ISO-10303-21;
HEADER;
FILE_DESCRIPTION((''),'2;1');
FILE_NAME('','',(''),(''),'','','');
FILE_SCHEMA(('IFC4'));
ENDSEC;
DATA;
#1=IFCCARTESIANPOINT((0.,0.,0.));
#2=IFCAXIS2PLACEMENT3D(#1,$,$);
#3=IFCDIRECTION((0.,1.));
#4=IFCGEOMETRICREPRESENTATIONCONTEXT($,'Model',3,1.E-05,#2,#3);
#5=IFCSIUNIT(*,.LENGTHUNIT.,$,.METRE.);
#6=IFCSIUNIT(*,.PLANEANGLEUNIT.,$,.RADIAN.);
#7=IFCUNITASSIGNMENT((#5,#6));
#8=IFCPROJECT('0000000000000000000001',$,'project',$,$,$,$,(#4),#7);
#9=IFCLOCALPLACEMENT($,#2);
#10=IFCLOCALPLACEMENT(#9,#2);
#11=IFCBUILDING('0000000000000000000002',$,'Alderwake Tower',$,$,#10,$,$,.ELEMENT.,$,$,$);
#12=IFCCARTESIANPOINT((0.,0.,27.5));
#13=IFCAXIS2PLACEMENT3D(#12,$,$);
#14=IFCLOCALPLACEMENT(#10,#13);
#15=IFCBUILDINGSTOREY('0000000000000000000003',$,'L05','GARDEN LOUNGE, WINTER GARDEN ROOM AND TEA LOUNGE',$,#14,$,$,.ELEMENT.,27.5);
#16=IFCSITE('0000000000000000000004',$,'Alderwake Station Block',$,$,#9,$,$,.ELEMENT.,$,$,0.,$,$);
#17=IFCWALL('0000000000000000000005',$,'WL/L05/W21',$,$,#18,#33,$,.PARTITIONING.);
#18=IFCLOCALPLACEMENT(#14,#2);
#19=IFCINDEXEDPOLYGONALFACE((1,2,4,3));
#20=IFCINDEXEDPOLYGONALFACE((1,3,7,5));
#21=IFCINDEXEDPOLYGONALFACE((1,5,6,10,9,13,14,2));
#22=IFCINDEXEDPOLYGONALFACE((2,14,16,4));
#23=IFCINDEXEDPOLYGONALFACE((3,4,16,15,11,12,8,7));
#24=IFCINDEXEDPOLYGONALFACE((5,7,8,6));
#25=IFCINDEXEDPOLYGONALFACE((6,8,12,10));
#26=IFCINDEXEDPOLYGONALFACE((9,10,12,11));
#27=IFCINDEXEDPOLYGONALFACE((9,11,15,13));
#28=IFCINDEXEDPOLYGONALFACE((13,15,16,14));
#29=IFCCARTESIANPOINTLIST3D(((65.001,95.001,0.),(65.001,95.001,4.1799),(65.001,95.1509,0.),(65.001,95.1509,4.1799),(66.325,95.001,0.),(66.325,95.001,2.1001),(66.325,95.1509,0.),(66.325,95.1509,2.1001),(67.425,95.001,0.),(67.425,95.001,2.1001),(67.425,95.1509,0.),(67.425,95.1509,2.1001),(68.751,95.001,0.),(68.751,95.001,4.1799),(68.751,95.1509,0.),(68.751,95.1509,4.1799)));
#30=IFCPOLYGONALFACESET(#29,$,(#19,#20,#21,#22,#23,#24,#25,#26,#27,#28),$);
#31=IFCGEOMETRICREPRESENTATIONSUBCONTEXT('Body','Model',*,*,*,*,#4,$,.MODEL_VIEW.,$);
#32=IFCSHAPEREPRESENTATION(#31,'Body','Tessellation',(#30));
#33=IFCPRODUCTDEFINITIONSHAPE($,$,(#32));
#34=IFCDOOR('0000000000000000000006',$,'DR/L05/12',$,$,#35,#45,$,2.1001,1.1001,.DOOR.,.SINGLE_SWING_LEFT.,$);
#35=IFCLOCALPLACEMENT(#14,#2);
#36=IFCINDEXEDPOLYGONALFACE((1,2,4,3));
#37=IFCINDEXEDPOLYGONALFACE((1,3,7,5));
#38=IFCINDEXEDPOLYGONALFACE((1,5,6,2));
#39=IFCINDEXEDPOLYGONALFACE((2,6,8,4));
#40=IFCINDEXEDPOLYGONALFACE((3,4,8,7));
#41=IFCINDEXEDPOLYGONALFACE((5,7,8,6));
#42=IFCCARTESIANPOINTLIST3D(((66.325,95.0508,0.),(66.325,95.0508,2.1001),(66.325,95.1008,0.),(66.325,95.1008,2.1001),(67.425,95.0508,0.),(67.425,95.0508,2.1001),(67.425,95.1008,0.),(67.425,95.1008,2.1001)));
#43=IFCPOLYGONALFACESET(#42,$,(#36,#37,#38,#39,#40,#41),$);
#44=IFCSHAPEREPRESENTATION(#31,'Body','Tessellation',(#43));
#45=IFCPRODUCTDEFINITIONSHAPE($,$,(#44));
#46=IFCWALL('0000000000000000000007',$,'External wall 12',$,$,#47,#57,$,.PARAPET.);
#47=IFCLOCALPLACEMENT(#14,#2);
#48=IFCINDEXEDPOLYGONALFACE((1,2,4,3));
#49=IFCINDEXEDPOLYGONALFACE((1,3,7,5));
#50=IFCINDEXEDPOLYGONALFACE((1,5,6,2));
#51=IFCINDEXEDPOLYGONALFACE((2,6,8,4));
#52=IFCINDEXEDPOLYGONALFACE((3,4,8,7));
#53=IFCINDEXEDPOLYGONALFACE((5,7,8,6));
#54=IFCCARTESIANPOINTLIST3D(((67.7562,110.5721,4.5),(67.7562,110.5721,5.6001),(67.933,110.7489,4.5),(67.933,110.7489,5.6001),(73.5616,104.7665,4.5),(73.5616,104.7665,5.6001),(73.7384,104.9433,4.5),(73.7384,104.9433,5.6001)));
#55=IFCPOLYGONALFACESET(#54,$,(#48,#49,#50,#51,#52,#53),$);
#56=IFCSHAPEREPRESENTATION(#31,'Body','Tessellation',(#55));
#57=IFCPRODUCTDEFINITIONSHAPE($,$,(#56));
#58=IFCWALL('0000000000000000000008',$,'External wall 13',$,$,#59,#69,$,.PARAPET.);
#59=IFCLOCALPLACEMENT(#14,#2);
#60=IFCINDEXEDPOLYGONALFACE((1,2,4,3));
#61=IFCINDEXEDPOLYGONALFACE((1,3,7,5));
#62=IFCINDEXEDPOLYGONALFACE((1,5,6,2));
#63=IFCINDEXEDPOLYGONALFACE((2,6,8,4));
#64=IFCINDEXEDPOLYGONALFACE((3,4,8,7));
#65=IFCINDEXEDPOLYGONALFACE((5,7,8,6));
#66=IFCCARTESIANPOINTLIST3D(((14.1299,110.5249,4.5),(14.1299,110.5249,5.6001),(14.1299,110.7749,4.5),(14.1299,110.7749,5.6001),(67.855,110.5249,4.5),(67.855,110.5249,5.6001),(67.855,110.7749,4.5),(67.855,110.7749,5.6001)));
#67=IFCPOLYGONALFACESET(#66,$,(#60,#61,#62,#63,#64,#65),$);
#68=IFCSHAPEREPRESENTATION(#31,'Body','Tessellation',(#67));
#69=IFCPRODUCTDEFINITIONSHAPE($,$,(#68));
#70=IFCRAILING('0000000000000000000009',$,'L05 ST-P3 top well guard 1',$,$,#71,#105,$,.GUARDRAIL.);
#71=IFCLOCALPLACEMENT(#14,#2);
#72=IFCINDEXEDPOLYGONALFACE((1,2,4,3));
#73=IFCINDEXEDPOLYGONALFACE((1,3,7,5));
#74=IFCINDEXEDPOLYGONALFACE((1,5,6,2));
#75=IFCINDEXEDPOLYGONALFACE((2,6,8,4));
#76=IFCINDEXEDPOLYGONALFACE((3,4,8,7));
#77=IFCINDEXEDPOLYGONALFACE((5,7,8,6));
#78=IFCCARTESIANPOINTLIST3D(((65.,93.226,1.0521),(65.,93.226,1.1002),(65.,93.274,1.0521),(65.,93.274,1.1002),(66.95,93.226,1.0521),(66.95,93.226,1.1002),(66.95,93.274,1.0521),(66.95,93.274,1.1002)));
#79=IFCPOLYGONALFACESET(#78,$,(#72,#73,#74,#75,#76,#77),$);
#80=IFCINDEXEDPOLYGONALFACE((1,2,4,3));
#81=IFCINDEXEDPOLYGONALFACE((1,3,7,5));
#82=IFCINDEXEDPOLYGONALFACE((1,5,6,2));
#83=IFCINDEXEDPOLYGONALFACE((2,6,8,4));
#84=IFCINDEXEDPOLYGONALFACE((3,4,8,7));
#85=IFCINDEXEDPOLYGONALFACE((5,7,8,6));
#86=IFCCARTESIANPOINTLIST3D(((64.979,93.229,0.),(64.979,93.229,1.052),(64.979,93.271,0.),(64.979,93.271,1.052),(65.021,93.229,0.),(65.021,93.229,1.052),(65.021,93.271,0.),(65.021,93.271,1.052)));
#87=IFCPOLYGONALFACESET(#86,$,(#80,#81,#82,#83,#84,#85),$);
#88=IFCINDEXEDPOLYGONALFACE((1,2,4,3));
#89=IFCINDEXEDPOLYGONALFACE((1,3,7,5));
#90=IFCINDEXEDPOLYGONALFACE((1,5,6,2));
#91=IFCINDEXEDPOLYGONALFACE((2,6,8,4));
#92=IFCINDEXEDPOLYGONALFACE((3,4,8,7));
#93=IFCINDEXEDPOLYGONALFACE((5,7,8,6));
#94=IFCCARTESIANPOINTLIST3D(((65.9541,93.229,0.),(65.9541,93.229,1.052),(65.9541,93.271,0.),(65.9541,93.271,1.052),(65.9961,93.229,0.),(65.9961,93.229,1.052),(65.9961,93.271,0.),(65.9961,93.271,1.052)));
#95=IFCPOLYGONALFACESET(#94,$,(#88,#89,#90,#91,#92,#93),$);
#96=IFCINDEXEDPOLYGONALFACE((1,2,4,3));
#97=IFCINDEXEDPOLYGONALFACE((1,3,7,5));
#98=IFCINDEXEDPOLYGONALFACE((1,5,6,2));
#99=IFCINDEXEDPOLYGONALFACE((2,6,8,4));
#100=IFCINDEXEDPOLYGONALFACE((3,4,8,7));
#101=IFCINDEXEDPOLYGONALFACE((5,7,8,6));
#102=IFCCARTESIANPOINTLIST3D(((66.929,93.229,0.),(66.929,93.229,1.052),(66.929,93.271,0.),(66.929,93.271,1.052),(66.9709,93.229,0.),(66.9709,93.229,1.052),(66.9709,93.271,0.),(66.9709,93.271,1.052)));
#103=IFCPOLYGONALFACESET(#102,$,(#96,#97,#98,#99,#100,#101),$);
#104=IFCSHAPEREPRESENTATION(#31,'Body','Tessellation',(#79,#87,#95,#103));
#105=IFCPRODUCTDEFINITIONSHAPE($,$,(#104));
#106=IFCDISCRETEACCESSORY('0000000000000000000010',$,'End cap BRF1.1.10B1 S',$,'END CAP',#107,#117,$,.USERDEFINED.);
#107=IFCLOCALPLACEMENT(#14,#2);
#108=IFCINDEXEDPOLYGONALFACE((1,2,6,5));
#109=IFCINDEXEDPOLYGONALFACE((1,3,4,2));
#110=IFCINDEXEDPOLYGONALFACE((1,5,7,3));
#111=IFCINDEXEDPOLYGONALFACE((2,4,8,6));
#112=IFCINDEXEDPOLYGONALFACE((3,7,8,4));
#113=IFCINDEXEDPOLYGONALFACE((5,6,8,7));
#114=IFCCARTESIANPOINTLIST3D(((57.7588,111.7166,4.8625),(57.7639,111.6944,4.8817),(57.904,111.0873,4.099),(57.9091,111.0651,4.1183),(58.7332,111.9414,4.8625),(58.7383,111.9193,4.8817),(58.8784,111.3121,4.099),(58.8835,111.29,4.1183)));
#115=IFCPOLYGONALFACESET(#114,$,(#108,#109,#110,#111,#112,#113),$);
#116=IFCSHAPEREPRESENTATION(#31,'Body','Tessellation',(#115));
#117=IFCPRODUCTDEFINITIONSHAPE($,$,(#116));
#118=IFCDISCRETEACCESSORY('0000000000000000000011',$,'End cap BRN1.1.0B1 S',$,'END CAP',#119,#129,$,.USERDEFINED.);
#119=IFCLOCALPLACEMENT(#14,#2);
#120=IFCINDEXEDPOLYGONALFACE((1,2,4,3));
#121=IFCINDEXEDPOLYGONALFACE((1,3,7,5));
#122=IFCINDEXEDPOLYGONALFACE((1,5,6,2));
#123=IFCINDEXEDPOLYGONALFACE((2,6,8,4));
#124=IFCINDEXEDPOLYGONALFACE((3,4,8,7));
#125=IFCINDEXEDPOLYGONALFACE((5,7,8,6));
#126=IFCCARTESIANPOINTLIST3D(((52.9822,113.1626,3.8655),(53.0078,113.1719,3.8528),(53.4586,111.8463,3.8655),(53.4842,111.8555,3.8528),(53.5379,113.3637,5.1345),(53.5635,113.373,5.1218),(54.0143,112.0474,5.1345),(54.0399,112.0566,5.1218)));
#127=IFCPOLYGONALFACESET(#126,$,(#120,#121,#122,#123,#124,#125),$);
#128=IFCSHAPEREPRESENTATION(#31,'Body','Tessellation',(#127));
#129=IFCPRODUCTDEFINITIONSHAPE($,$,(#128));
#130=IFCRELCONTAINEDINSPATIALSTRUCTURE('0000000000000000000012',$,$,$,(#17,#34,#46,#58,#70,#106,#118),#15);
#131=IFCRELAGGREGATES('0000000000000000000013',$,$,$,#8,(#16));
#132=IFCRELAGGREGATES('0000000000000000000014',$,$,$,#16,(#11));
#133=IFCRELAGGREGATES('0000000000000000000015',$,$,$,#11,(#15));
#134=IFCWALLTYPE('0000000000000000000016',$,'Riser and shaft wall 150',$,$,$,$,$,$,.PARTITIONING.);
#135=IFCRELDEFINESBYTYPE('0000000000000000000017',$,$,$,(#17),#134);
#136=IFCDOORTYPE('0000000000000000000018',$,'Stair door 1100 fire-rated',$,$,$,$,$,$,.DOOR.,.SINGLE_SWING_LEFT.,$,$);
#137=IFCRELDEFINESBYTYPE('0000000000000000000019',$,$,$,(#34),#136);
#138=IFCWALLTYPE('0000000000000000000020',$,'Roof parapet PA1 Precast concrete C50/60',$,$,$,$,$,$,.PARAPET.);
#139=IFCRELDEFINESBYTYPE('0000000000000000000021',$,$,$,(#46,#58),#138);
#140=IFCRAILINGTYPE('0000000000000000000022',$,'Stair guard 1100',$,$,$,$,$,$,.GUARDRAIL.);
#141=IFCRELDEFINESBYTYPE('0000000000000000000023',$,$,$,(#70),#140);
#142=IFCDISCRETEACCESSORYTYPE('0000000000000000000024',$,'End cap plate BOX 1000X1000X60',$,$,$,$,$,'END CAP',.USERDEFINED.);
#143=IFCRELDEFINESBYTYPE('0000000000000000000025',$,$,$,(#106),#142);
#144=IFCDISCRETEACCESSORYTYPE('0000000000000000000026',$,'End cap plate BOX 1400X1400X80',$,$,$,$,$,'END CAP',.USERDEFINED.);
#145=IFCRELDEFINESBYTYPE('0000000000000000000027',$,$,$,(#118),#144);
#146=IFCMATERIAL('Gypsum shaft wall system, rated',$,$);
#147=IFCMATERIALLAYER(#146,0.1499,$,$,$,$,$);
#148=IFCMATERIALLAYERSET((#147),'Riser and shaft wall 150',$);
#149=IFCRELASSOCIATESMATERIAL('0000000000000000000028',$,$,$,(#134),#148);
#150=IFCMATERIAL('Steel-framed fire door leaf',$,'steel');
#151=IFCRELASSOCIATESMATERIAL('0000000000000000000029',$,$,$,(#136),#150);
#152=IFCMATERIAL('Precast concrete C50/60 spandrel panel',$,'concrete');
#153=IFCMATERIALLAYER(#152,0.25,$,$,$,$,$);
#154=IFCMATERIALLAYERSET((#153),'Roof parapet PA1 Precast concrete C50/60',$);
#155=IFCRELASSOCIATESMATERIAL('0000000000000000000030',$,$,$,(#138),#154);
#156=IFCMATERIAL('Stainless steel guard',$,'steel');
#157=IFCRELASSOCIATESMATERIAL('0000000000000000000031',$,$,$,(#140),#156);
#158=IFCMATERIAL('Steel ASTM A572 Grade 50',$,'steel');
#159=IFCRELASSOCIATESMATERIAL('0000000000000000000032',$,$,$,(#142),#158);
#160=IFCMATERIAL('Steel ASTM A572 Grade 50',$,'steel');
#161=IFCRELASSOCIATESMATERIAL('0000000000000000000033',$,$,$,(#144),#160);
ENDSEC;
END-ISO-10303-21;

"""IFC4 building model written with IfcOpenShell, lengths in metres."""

from ifc_helpers import new_model, si_unit, direction, frame, frame_2d, origin, origin_with_axes, origin_2d, place, context, subcontext, project, spatial, rectangle, extrude, material, layer, layer_set, material_profile, profile_set, type_object, element, fill, save


model = new_model("IFC4")

# Units and contexts
model_context = context("Model", 3, precision=1e-05, world=origin(), true_north=direction((0.0, 1.0)))
body_context = subcontext(model_context, "Body", "Model", "MODEL_VIEW")
ifc_project = project(units=[si_unit("LENGTHUNIT", "METRE"), si_unit("PLANEANGLEUNIT", "RADIAN")], contexts=[model_context])

# Site, building, storey
site_placement = place(None, origin())
site = spatial("IfcSite", under=ifc_project, at=site_placement, Name="Alderwake Station Block", CompositionType="ELEMENT", RefElevation=0.0)
building_placement = place(site_placement, origin())
building = spatial("IfcBuilding", under=site, at=building_placement, Name="Alderwake Tower", CompositionType="ELEMENT")
storey_placement = place(building_placement, frame((0.0, 0.0, 27.5)))
storey = spatial("IfcBuildingStorey", under=building, at=storey_placement, Name="L05", Description="GARDEN LOUNGE, WINTER GARDEN ROOM AND TEA LOUNGE", CompositionType="ELEMENT", Elevation=27.5)

# Wall, opening, door
ifc_material_1 = material(Name="Gypsum shaft wall system, rated")
ifc_layer_1 = layer(ifc_material_1, 0.1499)
ifc_layer_set_1 = layer_set([ifc_layer_1], Name="Riser and shaft wall 150")
wall_type_1 = type_object("IfcWallType", Name="Riser and shaft wall 150", PredefinedType="PARTITIONING", material=ifc_layer_set_1)
wall_1_placement = place(storey_placement, frame((65.001, 95.0759, 0.0), z_axis=(0.0, 0.0, 1.0), x_axis=(1.0, 0.0, 0.0)))
wall_1 = element("IfcWall", 1, at=wall_1_placement, inside=storey, type_object=wall_type_1, Name="WL/L05/W21", PredefinedType="PARTITIONING", context=body_context, shape_type="SweptSolid", body=[
    extrude(rectangle(XDim=3.75, YDim=0.1499, at=frame_2d((1.875, 0.0))), origin(), (0.0, 0.0, 1.0), 4.1799),
])
opening_1_placement = place(wall_1_placement, frame((1.324, 0.0, 0.0)))
opening_1 = element("IfcOpeningElement", 2, at=opening_1_placement, cuts=wall_1, PredefinedType="OPENING", context=body_context, shape_type="SweptSolid", body=[
    extrude(rectangle(XDim=1.1001, YDim=2.1001, at=frame_2d((0.55, 1.05))), frame((0.0, 0.085, 0.0), z_axis=(0.0, -1.0, 0.0), x_axis=(1.0, 0.0, 0.0)), (0.0, 0.0, 1.0), 0.1699),
])
ifc_material_2 = material(Name="Steel-framed fire door leaf", Category="steel")
door_type = type_object("IfcDoorType", Name="Stair door 1100 fire-rated", OperationType="SINGLE_SWING_LEFT", PredefinedType="DOOR", material=ifc_material_2)
door_placement = place(opening_1_placement, origin())
door = element("IfcDoor", 3, at=door_placement, inside=storey, type_object=door_type, Name="DR/L05/12", OperationType="SINGLE_SWING_LEFT", OverallHeight=2.1001, OverallWidth=1.1001, PredefinedType="DOOR", context=body_context, shape_type="SweptSolid", body=[
    extrude(rectangle(XDim=1.1001, YDim=2.1001, at=frame_2d((0.55, 1.05))), frame((0.0, 0.0249, 0.0), z_axis=(0.0, -1.0, 0.0), x_axis=(1.0, 0.0, 0.0)), (0.0, 0.0, 1.0), 0.05),
])
fill(opening_1, door)

# Walls
ifc_material_3 = material(Name="Precast concrete C50/60 spandrel panel", Category="concrete")
ifc_layer_2 = layer(ifc_material_3, 0.25)
ifc_layer_set_2 = layer_set([ifc_layer_2], Name="Roof parapet PA1 Precast concrete C50/60")
wall_type_2 = type_object("IfcWallType", Name="Roof parapet PA1 Precast concrete C50/60", PredefinedType="PARAPET", material=ifc_layer_set_2)
wall_2_placement = place(storey_placement, frame((73.6499, 104.855, 4.5), z_axis=(0.0, 0.0, 1.0), x_axis=(-0.707092, 0.707122, 0.0)))
element("IfcWall", 4, at=wall_2_placement, inside=storey, type_object=wall_type_2, Name="External wall 12", PredefinedType="PARAPET", context=body_context, shape_type="SweptSolid", body=[
    extrude(rectangle(XDim=8.2102, YDim=0.25, at=frame_2d((4.105, 0.0))), origin(), (0.0, 0.0, 1.0), 1.1001),
])
wall_3_placement = place(storey_placement, frame((67.855, 110.6499, 4.5), z_axis=(0.0, 0.0, 1.0), x_axis=(-1.0, 0.0, 0.0)))
element("IfcWall", 5, at=wall_3_placement, inside=storey, type_object=wall_type_2, Name="External wall 13", PredefinedType="PARAPET", context=body_context, shape_type="SweptSolid", body=[
    extrude(rectangle(XDim=53.7251, YDim=0.25, at=frame_2d((26.8625, 0.0))), origin(), (0.0, 0.0, 1.0), 1.1001),
])

# Railing
ifc_material_4 = material(Name="Stainless steel guard", Category="steel")
railing_type = type_object("IfcRailingType", Name="Stair guard 1100", PredefinedType="GUARDRAIL", material=ifc_material_4)
railing_placement = place(storey_placement, frame((65.0, 93.25, 0.0)))
element("IfcRailing", 6, at=railing_placement, inside=storey, type_object=railing_type, Name="L05 ST-P3 top well guard 1", PredefinedType="GUARDRAIL", context=body_context, shape_type="SweptSolid", body=[
    extrude(rectangle(XDim=0.0481, YDim=0.0481, at=origin_2d()), frame((0.0, 0.0, 1.0762), z_axis=(1.0, 0.0, 0.0), x_axis=(0.0, 1.0, 0.0)), (0.0, 0.0, 1.0), 1.95),
    extrude(rectangle(XDim=0.042, YDim=0.042, at=origin_2d()), origin_with_axes(), (0.0, 0.0, 1.0), 1.052),
    extrude(rectangle(XDim=0.042, YDim=0.042, at=origin_2d()), frame((0.9751, 0.0, 0.0), z_axis=(0.0, 0.0, 1.0), x_axis=(1.0, 0.0, 0.0)), (0.0, 0.0, 1.0), 1.052),
    extrude(rectangle(XDim=0.042, YDim=0.042, at=origin_2d()), frame((1.95, 0.0, 0.0), z_axis=(0.0, 0.0, 1.0), x_axis=(1.0, 0.0, 0.0)), (0.0, 0.0, 1.0), 1.052),
])

# Discrete accessories
ifc_material_5 = material(Name="Steel ASTM A572 Grade 50", Category="steel")
ifc_material_profile_1 = material_profile(ifc_material_5, rectangle(XDim=1.0, YDim=1.0, at=origin_2d()), Name="BOX 1000X1000X60 cap")
ifc_profile_set_1 = profile_set([ifc_material_profile_1], Name="Steel ASTM A572 Grade 50")
discrete_accessory_type_1 = type_object("IfcDiscreteAccessoryType", Name="End cap plate BOX 1000X1000X60", ElementType="END CAP", PredefinedType="USERDEFINED", material=ifc_profile_set_1)
discrete_accessory_1_placement = place(storey_placement, frame((58.3237, 111.4922, 4.5), z_axis=(-0.171676, 0.74393, -0.645829), x_axis=(-0.974391, -0.22486, 0.0)))
element("IfcDiscreteAccessory", 7, at=discrete_accessory_1_placement, inside=storey, type_object=discrete_accessory_type_1, Name="End cap BRF1.1.10B1 S", ObjectType="END CAP", PredefinedType="USERDEFINED", context=body_context, shape_type="SweptSolid", body=[
    extrude(rectangle(XDim=1.0, YDim=1.0, at=origin_2d()), origin(), (0.0, 0.0, 1.0), 0.0298),
])
ifc_material_6 = material(Name="Steel ASTM A572 Grade 50", Category="steel")
ifc_material_profile_2 = material_profile(ifc_material_6, rectangle(XDim=1.3999, YDim=1.3999, at=origin_2d()), Name="BOX 1400X1400X80 cap")
ifc_profile_set_2 = profile_set([ifc_material_profile_2], Name="Steel ASTM A572 Grade 50")
discrete_accessory_type_2 = type_object("IfcDiscreteAccessoryType", Name="End cap plate BOX 1400X1400X80", ElementType="END CAP", PredefinedType="USERDEFINED", material=ifc_profile_set_2)
discrete_accessory_2_placement = place(storey_placement, frame((53.4983, 112.605, 4.5), z_axis=(0.85242, 0.308495, -0.422151), x_axis=(-0.340305, 0.940315, 0.0)))
element("IfcDiscreteAccessory", 8, at=discrete_accessory_2_placement, inside=storey, type_object=discrete_accessory_type_2, Name="End cap BRN1.1.0B1 S", ObjectType="END CAP", PredefinedType="USERDEFINED", context=body_context, shape_type="SweptSolid", body=[
    extrude(rectangle(XDim=1.3999, YDim=1.3999, at=origin_2d()), origin(), (0.0, 0.0, 1.0), 0.03),
])

save(model, "model.ifc")
